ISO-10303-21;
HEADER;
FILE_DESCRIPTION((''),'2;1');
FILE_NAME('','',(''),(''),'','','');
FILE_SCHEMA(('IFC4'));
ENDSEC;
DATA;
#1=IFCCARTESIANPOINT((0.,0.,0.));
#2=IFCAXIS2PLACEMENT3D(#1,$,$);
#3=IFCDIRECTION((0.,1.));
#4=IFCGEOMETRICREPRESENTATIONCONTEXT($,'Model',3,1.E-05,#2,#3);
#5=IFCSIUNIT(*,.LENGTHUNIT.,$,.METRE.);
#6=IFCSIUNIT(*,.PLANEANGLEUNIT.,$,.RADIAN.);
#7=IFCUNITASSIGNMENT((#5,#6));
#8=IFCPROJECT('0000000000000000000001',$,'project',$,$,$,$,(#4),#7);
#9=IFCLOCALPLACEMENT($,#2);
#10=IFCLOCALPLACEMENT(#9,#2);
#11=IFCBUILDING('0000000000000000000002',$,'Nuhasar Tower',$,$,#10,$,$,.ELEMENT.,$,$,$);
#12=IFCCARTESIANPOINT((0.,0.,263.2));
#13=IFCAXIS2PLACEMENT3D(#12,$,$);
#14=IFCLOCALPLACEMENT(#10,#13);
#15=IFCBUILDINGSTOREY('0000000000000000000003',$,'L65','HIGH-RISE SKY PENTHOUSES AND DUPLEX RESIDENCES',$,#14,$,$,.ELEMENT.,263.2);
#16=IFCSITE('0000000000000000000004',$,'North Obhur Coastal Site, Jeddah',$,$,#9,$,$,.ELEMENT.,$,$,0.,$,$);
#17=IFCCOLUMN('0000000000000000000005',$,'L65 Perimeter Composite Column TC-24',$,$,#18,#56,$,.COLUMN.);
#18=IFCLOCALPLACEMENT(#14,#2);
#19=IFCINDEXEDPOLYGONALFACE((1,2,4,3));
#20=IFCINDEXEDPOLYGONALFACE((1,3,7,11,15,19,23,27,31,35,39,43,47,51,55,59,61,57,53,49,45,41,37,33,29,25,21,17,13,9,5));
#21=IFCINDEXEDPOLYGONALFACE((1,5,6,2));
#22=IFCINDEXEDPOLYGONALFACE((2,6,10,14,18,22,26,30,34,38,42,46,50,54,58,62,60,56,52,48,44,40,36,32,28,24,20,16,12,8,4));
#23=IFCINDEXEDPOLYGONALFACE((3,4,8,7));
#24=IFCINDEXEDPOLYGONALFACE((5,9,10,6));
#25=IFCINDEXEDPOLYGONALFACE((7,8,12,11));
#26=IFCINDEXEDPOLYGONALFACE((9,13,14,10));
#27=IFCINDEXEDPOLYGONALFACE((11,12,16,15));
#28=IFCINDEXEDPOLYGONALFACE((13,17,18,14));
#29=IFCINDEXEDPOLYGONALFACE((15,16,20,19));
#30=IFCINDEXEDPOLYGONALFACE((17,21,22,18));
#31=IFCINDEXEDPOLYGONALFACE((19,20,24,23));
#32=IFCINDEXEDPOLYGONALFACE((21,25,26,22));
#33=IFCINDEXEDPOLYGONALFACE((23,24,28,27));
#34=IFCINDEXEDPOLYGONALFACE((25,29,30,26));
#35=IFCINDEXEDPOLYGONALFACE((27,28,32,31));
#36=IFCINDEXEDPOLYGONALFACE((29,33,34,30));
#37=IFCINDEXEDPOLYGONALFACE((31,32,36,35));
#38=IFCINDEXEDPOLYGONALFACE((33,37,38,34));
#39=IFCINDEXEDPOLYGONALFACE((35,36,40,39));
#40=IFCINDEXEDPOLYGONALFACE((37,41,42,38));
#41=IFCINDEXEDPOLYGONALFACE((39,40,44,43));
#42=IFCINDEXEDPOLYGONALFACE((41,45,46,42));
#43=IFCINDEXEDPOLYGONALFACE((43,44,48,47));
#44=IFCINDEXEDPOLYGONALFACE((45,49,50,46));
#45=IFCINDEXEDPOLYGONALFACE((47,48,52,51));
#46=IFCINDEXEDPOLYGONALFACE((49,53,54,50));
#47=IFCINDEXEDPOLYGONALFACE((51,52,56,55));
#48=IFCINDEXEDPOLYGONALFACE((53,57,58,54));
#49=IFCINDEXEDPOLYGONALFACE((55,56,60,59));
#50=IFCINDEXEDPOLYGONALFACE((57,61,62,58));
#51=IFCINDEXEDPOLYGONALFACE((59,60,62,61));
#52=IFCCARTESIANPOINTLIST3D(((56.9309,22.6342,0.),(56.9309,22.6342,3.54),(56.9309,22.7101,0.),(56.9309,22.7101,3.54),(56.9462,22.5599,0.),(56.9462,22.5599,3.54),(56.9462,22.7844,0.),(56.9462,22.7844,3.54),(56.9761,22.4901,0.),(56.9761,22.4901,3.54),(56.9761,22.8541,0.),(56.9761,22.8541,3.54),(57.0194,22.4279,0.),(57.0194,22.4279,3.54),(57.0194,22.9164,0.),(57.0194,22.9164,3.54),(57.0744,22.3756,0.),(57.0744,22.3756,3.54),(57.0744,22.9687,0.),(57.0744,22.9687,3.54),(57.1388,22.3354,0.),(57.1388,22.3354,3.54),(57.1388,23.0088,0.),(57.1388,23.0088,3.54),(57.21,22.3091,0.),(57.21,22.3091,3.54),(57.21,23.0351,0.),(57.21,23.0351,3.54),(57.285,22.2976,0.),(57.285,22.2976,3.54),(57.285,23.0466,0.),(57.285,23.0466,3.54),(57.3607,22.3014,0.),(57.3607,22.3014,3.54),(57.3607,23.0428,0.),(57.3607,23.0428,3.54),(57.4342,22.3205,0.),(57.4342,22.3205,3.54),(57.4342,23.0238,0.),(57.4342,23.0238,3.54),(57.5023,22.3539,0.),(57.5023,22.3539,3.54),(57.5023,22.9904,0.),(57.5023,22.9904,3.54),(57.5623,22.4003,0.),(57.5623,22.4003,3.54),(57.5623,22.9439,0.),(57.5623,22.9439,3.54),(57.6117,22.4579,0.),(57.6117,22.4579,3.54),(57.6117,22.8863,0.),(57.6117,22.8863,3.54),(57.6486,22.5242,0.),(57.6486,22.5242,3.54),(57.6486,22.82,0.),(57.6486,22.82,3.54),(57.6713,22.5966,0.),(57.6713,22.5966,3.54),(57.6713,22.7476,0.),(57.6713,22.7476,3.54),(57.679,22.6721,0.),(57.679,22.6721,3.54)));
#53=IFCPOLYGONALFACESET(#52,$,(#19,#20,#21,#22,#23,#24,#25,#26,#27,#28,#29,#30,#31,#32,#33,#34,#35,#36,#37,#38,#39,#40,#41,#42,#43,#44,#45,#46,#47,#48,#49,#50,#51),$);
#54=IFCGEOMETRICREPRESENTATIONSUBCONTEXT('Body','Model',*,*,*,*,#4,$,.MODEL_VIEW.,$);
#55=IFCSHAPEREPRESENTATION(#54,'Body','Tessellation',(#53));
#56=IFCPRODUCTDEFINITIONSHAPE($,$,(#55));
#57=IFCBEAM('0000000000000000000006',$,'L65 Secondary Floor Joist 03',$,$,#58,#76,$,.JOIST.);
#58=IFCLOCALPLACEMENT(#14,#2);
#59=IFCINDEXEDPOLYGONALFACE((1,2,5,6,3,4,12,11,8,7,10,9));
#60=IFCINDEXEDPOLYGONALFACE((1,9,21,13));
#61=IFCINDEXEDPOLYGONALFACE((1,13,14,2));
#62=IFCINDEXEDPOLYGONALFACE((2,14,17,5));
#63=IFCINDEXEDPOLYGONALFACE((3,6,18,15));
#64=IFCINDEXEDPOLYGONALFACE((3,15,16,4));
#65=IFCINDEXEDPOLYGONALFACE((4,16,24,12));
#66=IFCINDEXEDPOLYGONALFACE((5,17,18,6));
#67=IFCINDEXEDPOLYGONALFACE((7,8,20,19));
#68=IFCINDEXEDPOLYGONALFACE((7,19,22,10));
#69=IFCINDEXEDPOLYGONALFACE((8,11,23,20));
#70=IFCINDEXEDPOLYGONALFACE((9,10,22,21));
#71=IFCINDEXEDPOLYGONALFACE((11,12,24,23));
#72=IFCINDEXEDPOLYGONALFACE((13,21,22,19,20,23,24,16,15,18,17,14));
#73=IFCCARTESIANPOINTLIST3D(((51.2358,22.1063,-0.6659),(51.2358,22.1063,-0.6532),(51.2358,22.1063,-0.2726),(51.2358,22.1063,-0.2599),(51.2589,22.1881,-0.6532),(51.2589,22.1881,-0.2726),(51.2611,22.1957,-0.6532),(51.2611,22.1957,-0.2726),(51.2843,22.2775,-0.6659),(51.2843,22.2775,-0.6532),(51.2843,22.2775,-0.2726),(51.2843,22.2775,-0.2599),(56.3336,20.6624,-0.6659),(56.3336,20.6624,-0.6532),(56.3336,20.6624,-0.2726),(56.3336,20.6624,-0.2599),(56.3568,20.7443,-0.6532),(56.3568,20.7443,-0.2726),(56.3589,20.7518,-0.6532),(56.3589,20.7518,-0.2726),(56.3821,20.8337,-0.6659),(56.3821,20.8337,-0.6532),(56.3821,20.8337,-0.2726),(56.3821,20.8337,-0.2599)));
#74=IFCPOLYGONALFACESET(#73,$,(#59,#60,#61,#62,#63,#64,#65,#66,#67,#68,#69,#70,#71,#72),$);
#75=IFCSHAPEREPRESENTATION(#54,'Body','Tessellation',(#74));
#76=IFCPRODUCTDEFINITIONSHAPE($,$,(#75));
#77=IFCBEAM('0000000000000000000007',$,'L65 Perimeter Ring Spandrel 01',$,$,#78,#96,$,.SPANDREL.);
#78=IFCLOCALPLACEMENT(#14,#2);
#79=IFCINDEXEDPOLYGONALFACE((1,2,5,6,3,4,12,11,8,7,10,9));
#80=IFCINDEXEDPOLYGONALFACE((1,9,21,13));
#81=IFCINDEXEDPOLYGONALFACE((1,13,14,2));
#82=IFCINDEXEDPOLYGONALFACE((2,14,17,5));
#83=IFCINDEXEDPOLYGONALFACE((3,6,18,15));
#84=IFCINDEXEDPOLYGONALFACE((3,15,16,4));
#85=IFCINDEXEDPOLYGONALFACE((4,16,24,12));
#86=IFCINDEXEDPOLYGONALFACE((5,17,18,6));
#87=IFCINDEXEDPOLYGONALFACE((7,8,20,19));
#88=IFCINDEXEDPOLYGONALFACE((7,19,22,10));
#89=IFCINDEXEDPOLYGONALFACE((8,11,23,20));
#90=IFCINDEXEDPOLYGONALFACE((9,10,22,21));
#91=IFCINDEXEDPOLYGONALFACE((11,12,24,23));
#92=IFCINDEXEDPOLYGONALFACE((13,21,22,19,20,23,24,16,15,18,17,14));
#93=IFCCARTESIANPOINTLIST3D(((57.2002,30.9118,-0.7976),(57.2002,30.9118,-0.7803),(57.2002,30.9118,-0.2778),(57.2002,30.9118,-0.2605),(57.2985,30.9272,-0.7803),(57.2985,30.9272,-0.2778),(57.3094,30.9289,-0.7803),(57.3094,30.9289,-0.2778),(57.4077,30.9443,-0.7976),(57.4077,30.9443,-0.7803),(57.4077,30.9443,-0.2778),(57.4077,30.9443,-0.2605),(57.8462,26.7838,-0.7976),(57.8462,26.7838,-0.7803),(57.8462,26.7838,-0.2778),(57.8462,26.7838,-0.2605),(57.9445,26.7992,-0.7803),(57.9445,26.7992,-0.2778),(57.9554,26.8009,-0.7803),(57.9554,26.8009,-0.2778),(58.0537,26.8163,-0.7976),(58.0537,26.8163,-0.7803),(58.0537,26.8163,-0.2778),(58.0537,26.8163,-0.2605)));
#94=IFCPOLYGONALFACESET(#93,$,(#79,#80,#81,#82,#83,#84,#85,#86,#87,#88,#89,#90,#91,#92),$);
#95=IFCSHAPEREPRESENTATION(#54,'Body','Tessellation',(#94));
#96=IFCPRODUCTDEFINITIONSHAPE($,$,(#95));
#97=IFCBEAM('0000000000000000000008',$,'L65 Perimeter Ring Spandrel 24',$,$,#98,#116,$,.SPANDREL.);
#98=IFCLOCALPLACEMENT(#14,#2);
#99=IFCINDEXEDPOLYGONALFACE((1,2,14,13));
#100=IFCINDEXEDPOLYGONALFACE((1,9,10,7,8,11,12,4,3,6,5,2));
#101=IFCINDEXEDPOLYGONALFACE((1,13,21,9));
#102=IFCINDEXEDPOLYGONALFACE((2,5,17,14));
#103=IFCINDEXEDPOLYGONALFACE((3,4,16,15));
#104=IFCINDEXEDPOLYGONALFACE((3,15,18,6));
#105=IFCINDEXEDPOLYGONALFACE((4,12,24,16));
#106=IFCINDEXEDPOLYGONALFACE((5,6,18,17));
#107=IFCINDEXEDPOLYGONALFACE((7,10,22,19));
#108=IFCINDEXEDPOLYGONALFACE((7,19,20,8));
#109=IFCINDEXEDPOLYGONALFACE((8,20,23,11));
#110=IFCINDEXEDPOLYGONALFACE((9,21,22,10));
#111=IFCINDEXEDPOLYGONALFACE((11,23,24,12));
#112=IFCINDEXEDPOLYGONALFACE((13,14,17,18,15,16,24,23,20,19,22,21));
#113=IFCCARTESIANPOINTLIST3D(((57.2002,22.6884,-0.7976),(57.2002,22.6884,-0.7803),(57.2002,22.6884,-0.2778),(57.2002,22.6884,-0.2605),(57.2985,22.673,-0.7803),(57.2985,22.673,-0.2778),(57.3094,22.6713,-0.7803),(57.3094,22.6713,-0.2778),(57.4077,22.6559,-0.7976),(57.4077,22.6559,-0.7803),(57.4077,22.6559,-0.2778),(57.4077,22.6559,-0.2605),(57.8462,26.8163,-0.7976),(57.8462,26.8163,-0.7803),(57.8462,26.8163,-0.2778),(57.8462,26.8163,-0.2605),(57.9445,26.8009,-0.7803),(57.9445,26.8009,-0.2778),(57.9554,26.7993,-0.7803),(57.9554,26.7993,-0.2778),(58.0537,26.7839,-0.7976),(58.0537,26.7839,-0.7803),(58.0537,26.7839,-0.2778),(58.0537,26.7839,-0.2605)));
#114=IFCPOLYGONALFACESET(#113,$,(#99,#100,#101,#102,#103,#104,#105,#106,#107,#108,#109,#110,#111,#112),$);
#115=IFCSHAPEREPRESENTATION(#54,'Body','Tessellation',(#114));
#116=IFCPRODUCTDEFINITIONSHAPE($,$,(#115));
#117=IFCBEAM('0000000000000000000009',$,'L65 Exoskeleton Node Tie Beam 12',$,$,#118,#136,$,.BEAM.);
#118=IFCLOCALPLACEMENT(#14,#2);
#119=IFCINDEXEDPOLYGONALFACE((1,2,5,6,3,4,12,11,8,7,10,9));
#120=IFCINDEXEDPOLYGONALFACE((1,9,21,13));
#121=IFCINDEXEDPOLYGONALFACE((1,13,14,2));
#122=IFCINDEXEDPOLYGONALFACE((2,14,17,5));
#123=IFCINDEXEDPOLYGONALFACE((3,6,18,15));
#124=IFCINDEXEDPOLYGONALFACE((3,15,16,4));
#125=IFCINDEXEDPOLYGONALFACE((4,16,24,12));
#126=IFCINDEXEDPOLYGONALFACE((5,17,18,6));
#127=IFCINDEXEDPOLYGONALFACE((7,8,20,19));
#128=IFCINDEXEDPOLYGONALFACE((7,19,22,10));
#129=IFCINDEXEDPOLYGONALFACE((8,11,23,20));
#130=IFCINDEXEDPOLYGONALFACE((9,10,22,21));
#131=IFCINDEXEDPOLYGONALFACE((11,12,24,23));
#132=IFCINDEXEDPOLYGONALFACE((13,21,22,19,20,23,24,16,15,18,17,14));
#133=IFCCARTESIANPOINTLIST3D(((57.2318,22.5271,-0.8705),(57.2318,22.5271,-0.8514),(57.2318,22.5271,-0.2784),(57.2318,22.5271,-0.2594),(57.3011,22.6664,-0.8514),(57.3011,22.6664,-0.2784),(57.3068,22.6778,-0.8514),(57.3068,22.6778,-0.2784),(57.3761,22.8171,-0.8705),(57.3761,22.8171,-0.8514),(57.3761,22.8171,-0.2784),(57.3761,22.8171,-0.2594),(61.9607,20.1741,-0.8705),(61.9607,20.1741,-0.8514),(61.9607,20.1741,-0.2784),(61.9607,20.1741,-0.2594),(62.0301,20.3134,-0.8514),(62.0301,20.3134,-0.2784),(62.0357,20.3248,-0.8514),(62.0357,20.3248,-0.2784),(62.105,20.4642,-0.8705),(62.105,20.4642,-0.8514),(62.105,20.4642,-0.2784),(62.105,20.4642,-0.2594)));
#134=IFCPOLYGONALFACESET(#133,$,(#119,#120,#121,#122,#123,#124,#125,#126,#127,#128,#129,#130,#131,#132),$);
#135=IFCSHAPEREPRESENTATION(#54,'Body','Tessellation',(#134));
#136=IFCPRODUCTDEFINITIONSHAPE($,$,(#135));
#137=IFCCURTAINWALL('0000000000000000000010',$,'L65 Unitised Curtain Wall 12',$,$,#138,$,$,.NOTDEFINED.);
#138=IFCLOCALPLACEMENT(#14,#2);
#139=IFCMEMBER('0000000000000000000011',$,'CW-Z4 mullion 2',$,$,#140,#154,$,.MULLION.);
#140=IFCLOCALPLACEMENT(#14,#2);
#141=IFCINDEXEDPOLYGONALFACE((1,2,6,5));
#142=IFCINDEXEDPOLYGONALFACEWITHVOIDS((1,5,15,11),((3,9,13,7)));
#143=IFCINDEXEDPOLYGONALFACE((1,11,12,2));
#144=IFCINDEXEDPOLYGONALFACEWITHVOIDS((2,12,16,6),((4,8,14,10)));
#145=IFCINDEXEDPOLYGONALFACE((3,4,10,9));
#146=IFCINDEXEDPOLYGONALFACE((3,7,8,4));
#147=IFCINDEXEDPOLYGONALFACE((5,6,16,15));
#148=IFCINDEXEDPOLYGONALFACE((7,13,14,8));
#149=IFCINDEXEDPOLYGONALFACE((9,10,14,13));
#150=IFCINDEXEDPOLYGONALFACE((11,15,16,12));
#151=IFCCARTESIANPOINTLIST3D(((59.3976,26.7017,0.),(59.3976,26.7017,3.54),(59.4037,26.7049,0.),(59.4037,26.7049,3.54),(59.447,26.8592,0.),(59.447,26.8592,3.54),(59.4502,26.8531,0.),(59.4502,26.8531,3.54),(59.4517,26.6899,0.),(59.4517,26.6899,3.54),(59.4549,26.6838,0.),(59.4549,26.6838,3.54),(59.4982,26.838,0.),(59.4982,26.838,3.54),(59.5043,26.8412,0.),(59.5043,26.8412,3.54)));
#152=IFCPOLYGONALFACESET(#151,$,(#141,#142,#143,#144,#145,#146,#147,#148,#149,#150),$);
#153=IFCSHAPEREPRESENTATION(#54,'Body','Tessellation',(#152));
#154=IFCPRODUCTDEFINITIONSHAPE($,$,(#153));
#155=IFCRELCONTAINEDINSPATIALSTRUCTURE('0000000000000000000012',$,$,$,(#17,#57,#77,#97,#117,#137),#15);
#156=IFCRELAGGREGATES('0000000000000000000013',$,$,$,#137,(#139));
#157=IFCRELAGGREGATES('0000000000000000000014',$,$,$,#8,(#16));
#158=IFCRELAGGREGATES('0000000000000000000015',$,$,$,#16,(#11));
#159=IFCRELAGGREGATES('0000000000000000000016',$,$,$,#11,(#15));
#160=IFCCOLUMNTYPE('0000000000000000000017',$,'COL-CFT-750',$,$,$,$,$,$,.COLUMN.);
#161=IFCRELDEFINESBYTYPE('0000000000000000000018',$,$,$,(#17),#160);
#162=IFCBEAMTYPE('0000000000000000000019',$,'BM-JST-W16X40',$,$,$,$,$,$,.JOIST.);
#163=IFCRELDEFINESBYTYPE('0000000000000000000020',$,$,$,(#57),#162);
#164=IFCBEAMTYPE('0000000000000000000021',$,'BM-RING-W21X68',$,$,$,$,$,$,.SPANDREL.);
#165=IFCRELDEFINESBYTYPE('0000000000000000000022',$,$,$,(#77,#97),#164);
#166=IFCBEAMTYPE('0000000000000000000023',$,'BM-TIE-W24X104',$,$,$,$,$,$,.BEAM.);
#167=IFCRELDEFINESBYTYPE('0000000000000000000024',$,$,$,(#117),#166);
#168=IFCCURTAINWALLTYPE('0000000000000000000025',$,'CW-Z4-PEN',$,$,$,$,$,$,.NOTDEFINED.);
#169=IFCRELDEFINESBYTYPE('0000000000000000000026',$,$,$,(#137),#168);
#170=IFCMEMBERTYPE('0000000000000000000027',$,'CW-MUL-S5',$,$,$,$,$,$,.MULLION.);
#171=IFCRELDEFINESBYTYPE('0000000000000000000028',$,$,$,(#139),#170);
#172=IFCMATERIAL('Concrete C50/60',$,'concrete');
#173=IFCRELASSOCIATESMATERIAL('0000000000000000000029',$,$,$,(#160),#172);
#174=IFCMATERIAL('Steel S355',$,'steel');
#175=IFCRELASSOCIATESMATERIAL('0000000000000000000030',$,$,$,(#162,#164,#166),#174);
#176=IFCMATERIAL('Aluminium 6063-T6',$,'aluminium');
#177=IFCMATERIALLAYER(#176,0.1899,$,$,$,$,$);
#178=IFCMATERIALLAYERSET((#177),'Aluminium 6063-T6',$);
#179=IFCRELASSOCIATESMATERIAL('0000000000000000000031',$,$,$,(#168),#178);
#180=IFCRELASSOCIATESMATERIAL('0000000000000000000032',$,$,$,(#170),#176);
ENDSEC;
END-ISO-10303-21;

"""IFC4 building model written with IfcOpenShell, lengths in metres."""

from ifc_helpers import new_model, si_unit, direction, frame, origin, origin_2d, place, context, subcontext, project, spatial, hollow_rectangle, circle, i_section, extrude, material, layer, layer_set, material_profile, profile_set, type_object, element, aggregate, save


model = new_model("IFC4")

# Units and contexts
model_context = context("Model", 3, precision=1e-05, world=origin(), true_north=direction((0.0, 1.0)))
body_context = subcontext(model_context, "Body", "Model", "MODEL_VIEW")
ifc_project = project(units=[si_unit("LENGTHUNIT", "METRE"), si_unit("PLANEANGLEUNIT", "RADIAN")], contexts=[model_context])

# Site, building, storey
site_placement = place(None, origin())
site = spatial("IfcSite", under=ifc_project, at=site_placement, Name="North Obhur Coastal Site, Jeddah", CompositionType="ELEMENT", RefElevation=0.0)
building_placement = place(site_placement, origin())
building = spatial("IfcBuilding", under=site, at=building_placement, Name="Nuhasar Tower", CompositionType="ELEMENT")
storey_placement = place(building_placement, frame((0.0, 0.0, 263.2)))
storey = spatial("IfcBuildingStorey", under=building, at=storey_placement, Name="L65", Description="HIGH-RISE SKY PENTHOUSES AND DUPLEX RESIDENCES", CompositionType="ELEMENT", Elevation=263.2)

# Column
ifc_material_1 = material(Name="Concrete C50/60", Category="concrete")
ifc_material_profile_1 = material_profile(ifc_material_1, circle(Radius=0.375, at=origin_2d()), Name="CFT750")
ifc_profile_set_1 = profile_set([ifc_material_profile_1], Name="Concrete C50/60")
column_type = type_object("IfcColumnType", Name="COL-CFT-750", PredefinedType="COLUMN", material=ifc_profile_set_1)
column_placement = place(storey_placement, frame((57.304, 22.6721, 0.0), z_axis=(0.0, 0.0, 1.0), x_axis=(1.0, 0.0, 0.0)))
element("IfcColumn", 1, at=column_placement, inside=storey, type_object=column_type, Name="L65 Perimeter Composite Column TC-24", PredefinedType="COLUMN", context=body_context, shape_type="SweptSolid", body=[
    extrude(circle(Radius=0.375, at=origin_2d()), origin(), (0.0, 0.0, 1.0), 3.54),
])

# Beams
ifc_material_2 = material(Name="Steel S355", Category="steel")
ifc_material_profile_2 = material_profile(ifc_material_2, i_section(OverallWidth=0.178, OverallDepth=0.406, WebThickness=0.0078, FlangeThickness=0.0127, at=origin_2d()), Name="W16X40")
ifc_profile_set_2 = profile_set([ifc_material_profile_2], Name="Steel S355")
beam_type_1 = type_object("IfcBeamType", Name="BM-JST-W16X40", PredefinedType="JOIST", material=ifc_profile_set_2)
beam_1_placement = place(storey_placement, frame((51.26, 22.1919, -0.4629), z_axis=(0.962154, -0.272505, 0.0), x_axis=(0.272505, 0.962154, 0.0)))
element("IfcBeam", 2, at=beam_1_placement, inside=storey, type_object=beam_type_1, Name="L65 Secondary Floor Joist 03", PredefinedType="JOIST", context=body_context, shape_type="SweptSolid", body=[
    extrude(i_section(OverallWidth=0.178, OverallDepth=0.406, WebThickness=0.0078, FlangeThickness=0.0127, at=origin_2d()), origin(), (0.0, 0.0, 1.0), 5.2983),
])
ifc_material_profile_3 = material_profile(ifc_material_2, i_section(OverallWidth=0.21, OverallDepth=0.5371, WebThickness=0.011, FlangeThickness=0.0173, at=origin_2d()), Name="W21X68")
ifc_profile_set_3 = profile_set([ifc_material_profile_3], Name="Steel S355")
beam_type_2 = type_object("IfcBeamType", Name="BM-RING-W21X68", PredefinedType="SPANDREL", material=ifc_profile_set_3)
for number, where, z_axis, x_axis, name in (
    (3, (57.95, 26.8, -0.5291), (-0.154612, 0.987975, 0.0), (-0.987975, -0.154612, 0.0), "L65 Perimeter Ring Spandrel 01"),
    (4, (57.304, 22.6721, -0.5291), (0.154612, 0.987975, 0.0), (-0.987975, 0.154612, 0.0), "L65 Perimeter Ring Spandrel 24"),
):
    element("IfcBeam", number, at=place(storey_placement, frame(where, z_axis=z_axis, x_axis=x_axis)), inside=storey, type_object=beam_type_2, Name=name, PredefinedType="SPANDREL", context=body_context, shape_type="SweptSolid", body=[
        extrude(i_section(OverallWidth=0.21, OverallDepth=0.5371, WebThickness=0.011, FlangeThickness=0.0173, at=origin_2d()), origin(), (0.0, 0.0, 1.0), 4.1782),
    ])
ifc_material_profile_4 = material_profile(ifc_material_2, i_section(OverallWidth=0.324, OverallDepth=0.6111, WebThickness=0.0127, FlangeThickness=0.019, at=origin_2d()), Name="W24X104")
ifc_profile_set_4 = profile_set([ifc_material_profile_4], Name="Steel S355")
beam_type_3 = type_object("IfcBeamType", Name="BM-TIE-W24X104", PredefinedType="BEAM", material=ifc_profile_set_4)
beam_2_placement = place(storey_placement, frame((57.304, 22.6721, -0.5649), z_axis=(0.895294, -0.445475, 0.0), x_axis=(0.445475, 0.895294, 0.0)))
element("IfcBeam", 5, at=beam_2_placement, inside=storey, type_object=beam_type_3, Name="L65 Exoskeleton Node Tie Beam 12", PredefinedType="BEAM", context=body_context, shape_type="SweptSolid", body=[
    extrude(i_section(OverallWidth=0.324, OverallDepth=0.6111, WebThickness=0.0127, FlangeThickness=0.019, at=origin_2d()), origin(), (0.0, 0.0, 1.0), 5.282),
])

# Curtain wall, member
ifc_material_3 = material(Name="Aluminium 6063-T6", Category="aluminium")
ifc_layer_1 = layer(ifc_material_3, 0.1899)
ifc_layer_set_1 = layer_set([ifc_layer_1], Name="Aluminium 6063-T6")
curtain_wall_type = type_object("IfcCurtainWallType", Name="CW-Z4-PEN", PredefinedType="NOTDEFINED", material=ifc_layer_set_1)
curtain_wall_placement = place(storey_placement, origin())
curtain_wall = element("IfcCurtainWall", 6, at=curtain_wall_placement, inside=storey, type_object=curtain_wall_type, Name="L65 Unitised Curtain Wall 12", PredefinedType="NOTDEFINED")
ifc_material_profile_5 = material_profile(ifc_material_3, hollow_rectangle(XDim=0.0601, YDim=0.165, WallThickness=0.0049, at=origin_2d()), Name="CWM-5")
ifc_profile_set_5 = profile_set([ifc_material_profile_5], Name="Aluminium 6063-T6")
member_type_1 = type_object("IfcMemberType", Name="CW-MUL-S5", PredefinedType="MULLION", material=ifc_profile_set_5)
member_1_placement = place(storey_placement, frame((59.4509, 26.7715, 0.0), z_axis=(0.0, 0.0, 1.0), x_axis=(-0.954079, 0.299557, 0.0)))
member_1 = element("IfcMember", 7, at=member_1_placement, type_object=member_type_1, Name="CW-Z4 mullion 2", PredefinedType="MULLION", context=body_context, shape_type="SweptSolid", body=[
    extrude(hollow_rectangle(XDim=0.0601, YDim=0.165, WallThickness=0.0049, at=origin_2d()), origin(), (0.0, 0.0, 1.0), 3.54),
])

aggregate(curtain_wall, [member_1])

save(model, "model.ifc")
